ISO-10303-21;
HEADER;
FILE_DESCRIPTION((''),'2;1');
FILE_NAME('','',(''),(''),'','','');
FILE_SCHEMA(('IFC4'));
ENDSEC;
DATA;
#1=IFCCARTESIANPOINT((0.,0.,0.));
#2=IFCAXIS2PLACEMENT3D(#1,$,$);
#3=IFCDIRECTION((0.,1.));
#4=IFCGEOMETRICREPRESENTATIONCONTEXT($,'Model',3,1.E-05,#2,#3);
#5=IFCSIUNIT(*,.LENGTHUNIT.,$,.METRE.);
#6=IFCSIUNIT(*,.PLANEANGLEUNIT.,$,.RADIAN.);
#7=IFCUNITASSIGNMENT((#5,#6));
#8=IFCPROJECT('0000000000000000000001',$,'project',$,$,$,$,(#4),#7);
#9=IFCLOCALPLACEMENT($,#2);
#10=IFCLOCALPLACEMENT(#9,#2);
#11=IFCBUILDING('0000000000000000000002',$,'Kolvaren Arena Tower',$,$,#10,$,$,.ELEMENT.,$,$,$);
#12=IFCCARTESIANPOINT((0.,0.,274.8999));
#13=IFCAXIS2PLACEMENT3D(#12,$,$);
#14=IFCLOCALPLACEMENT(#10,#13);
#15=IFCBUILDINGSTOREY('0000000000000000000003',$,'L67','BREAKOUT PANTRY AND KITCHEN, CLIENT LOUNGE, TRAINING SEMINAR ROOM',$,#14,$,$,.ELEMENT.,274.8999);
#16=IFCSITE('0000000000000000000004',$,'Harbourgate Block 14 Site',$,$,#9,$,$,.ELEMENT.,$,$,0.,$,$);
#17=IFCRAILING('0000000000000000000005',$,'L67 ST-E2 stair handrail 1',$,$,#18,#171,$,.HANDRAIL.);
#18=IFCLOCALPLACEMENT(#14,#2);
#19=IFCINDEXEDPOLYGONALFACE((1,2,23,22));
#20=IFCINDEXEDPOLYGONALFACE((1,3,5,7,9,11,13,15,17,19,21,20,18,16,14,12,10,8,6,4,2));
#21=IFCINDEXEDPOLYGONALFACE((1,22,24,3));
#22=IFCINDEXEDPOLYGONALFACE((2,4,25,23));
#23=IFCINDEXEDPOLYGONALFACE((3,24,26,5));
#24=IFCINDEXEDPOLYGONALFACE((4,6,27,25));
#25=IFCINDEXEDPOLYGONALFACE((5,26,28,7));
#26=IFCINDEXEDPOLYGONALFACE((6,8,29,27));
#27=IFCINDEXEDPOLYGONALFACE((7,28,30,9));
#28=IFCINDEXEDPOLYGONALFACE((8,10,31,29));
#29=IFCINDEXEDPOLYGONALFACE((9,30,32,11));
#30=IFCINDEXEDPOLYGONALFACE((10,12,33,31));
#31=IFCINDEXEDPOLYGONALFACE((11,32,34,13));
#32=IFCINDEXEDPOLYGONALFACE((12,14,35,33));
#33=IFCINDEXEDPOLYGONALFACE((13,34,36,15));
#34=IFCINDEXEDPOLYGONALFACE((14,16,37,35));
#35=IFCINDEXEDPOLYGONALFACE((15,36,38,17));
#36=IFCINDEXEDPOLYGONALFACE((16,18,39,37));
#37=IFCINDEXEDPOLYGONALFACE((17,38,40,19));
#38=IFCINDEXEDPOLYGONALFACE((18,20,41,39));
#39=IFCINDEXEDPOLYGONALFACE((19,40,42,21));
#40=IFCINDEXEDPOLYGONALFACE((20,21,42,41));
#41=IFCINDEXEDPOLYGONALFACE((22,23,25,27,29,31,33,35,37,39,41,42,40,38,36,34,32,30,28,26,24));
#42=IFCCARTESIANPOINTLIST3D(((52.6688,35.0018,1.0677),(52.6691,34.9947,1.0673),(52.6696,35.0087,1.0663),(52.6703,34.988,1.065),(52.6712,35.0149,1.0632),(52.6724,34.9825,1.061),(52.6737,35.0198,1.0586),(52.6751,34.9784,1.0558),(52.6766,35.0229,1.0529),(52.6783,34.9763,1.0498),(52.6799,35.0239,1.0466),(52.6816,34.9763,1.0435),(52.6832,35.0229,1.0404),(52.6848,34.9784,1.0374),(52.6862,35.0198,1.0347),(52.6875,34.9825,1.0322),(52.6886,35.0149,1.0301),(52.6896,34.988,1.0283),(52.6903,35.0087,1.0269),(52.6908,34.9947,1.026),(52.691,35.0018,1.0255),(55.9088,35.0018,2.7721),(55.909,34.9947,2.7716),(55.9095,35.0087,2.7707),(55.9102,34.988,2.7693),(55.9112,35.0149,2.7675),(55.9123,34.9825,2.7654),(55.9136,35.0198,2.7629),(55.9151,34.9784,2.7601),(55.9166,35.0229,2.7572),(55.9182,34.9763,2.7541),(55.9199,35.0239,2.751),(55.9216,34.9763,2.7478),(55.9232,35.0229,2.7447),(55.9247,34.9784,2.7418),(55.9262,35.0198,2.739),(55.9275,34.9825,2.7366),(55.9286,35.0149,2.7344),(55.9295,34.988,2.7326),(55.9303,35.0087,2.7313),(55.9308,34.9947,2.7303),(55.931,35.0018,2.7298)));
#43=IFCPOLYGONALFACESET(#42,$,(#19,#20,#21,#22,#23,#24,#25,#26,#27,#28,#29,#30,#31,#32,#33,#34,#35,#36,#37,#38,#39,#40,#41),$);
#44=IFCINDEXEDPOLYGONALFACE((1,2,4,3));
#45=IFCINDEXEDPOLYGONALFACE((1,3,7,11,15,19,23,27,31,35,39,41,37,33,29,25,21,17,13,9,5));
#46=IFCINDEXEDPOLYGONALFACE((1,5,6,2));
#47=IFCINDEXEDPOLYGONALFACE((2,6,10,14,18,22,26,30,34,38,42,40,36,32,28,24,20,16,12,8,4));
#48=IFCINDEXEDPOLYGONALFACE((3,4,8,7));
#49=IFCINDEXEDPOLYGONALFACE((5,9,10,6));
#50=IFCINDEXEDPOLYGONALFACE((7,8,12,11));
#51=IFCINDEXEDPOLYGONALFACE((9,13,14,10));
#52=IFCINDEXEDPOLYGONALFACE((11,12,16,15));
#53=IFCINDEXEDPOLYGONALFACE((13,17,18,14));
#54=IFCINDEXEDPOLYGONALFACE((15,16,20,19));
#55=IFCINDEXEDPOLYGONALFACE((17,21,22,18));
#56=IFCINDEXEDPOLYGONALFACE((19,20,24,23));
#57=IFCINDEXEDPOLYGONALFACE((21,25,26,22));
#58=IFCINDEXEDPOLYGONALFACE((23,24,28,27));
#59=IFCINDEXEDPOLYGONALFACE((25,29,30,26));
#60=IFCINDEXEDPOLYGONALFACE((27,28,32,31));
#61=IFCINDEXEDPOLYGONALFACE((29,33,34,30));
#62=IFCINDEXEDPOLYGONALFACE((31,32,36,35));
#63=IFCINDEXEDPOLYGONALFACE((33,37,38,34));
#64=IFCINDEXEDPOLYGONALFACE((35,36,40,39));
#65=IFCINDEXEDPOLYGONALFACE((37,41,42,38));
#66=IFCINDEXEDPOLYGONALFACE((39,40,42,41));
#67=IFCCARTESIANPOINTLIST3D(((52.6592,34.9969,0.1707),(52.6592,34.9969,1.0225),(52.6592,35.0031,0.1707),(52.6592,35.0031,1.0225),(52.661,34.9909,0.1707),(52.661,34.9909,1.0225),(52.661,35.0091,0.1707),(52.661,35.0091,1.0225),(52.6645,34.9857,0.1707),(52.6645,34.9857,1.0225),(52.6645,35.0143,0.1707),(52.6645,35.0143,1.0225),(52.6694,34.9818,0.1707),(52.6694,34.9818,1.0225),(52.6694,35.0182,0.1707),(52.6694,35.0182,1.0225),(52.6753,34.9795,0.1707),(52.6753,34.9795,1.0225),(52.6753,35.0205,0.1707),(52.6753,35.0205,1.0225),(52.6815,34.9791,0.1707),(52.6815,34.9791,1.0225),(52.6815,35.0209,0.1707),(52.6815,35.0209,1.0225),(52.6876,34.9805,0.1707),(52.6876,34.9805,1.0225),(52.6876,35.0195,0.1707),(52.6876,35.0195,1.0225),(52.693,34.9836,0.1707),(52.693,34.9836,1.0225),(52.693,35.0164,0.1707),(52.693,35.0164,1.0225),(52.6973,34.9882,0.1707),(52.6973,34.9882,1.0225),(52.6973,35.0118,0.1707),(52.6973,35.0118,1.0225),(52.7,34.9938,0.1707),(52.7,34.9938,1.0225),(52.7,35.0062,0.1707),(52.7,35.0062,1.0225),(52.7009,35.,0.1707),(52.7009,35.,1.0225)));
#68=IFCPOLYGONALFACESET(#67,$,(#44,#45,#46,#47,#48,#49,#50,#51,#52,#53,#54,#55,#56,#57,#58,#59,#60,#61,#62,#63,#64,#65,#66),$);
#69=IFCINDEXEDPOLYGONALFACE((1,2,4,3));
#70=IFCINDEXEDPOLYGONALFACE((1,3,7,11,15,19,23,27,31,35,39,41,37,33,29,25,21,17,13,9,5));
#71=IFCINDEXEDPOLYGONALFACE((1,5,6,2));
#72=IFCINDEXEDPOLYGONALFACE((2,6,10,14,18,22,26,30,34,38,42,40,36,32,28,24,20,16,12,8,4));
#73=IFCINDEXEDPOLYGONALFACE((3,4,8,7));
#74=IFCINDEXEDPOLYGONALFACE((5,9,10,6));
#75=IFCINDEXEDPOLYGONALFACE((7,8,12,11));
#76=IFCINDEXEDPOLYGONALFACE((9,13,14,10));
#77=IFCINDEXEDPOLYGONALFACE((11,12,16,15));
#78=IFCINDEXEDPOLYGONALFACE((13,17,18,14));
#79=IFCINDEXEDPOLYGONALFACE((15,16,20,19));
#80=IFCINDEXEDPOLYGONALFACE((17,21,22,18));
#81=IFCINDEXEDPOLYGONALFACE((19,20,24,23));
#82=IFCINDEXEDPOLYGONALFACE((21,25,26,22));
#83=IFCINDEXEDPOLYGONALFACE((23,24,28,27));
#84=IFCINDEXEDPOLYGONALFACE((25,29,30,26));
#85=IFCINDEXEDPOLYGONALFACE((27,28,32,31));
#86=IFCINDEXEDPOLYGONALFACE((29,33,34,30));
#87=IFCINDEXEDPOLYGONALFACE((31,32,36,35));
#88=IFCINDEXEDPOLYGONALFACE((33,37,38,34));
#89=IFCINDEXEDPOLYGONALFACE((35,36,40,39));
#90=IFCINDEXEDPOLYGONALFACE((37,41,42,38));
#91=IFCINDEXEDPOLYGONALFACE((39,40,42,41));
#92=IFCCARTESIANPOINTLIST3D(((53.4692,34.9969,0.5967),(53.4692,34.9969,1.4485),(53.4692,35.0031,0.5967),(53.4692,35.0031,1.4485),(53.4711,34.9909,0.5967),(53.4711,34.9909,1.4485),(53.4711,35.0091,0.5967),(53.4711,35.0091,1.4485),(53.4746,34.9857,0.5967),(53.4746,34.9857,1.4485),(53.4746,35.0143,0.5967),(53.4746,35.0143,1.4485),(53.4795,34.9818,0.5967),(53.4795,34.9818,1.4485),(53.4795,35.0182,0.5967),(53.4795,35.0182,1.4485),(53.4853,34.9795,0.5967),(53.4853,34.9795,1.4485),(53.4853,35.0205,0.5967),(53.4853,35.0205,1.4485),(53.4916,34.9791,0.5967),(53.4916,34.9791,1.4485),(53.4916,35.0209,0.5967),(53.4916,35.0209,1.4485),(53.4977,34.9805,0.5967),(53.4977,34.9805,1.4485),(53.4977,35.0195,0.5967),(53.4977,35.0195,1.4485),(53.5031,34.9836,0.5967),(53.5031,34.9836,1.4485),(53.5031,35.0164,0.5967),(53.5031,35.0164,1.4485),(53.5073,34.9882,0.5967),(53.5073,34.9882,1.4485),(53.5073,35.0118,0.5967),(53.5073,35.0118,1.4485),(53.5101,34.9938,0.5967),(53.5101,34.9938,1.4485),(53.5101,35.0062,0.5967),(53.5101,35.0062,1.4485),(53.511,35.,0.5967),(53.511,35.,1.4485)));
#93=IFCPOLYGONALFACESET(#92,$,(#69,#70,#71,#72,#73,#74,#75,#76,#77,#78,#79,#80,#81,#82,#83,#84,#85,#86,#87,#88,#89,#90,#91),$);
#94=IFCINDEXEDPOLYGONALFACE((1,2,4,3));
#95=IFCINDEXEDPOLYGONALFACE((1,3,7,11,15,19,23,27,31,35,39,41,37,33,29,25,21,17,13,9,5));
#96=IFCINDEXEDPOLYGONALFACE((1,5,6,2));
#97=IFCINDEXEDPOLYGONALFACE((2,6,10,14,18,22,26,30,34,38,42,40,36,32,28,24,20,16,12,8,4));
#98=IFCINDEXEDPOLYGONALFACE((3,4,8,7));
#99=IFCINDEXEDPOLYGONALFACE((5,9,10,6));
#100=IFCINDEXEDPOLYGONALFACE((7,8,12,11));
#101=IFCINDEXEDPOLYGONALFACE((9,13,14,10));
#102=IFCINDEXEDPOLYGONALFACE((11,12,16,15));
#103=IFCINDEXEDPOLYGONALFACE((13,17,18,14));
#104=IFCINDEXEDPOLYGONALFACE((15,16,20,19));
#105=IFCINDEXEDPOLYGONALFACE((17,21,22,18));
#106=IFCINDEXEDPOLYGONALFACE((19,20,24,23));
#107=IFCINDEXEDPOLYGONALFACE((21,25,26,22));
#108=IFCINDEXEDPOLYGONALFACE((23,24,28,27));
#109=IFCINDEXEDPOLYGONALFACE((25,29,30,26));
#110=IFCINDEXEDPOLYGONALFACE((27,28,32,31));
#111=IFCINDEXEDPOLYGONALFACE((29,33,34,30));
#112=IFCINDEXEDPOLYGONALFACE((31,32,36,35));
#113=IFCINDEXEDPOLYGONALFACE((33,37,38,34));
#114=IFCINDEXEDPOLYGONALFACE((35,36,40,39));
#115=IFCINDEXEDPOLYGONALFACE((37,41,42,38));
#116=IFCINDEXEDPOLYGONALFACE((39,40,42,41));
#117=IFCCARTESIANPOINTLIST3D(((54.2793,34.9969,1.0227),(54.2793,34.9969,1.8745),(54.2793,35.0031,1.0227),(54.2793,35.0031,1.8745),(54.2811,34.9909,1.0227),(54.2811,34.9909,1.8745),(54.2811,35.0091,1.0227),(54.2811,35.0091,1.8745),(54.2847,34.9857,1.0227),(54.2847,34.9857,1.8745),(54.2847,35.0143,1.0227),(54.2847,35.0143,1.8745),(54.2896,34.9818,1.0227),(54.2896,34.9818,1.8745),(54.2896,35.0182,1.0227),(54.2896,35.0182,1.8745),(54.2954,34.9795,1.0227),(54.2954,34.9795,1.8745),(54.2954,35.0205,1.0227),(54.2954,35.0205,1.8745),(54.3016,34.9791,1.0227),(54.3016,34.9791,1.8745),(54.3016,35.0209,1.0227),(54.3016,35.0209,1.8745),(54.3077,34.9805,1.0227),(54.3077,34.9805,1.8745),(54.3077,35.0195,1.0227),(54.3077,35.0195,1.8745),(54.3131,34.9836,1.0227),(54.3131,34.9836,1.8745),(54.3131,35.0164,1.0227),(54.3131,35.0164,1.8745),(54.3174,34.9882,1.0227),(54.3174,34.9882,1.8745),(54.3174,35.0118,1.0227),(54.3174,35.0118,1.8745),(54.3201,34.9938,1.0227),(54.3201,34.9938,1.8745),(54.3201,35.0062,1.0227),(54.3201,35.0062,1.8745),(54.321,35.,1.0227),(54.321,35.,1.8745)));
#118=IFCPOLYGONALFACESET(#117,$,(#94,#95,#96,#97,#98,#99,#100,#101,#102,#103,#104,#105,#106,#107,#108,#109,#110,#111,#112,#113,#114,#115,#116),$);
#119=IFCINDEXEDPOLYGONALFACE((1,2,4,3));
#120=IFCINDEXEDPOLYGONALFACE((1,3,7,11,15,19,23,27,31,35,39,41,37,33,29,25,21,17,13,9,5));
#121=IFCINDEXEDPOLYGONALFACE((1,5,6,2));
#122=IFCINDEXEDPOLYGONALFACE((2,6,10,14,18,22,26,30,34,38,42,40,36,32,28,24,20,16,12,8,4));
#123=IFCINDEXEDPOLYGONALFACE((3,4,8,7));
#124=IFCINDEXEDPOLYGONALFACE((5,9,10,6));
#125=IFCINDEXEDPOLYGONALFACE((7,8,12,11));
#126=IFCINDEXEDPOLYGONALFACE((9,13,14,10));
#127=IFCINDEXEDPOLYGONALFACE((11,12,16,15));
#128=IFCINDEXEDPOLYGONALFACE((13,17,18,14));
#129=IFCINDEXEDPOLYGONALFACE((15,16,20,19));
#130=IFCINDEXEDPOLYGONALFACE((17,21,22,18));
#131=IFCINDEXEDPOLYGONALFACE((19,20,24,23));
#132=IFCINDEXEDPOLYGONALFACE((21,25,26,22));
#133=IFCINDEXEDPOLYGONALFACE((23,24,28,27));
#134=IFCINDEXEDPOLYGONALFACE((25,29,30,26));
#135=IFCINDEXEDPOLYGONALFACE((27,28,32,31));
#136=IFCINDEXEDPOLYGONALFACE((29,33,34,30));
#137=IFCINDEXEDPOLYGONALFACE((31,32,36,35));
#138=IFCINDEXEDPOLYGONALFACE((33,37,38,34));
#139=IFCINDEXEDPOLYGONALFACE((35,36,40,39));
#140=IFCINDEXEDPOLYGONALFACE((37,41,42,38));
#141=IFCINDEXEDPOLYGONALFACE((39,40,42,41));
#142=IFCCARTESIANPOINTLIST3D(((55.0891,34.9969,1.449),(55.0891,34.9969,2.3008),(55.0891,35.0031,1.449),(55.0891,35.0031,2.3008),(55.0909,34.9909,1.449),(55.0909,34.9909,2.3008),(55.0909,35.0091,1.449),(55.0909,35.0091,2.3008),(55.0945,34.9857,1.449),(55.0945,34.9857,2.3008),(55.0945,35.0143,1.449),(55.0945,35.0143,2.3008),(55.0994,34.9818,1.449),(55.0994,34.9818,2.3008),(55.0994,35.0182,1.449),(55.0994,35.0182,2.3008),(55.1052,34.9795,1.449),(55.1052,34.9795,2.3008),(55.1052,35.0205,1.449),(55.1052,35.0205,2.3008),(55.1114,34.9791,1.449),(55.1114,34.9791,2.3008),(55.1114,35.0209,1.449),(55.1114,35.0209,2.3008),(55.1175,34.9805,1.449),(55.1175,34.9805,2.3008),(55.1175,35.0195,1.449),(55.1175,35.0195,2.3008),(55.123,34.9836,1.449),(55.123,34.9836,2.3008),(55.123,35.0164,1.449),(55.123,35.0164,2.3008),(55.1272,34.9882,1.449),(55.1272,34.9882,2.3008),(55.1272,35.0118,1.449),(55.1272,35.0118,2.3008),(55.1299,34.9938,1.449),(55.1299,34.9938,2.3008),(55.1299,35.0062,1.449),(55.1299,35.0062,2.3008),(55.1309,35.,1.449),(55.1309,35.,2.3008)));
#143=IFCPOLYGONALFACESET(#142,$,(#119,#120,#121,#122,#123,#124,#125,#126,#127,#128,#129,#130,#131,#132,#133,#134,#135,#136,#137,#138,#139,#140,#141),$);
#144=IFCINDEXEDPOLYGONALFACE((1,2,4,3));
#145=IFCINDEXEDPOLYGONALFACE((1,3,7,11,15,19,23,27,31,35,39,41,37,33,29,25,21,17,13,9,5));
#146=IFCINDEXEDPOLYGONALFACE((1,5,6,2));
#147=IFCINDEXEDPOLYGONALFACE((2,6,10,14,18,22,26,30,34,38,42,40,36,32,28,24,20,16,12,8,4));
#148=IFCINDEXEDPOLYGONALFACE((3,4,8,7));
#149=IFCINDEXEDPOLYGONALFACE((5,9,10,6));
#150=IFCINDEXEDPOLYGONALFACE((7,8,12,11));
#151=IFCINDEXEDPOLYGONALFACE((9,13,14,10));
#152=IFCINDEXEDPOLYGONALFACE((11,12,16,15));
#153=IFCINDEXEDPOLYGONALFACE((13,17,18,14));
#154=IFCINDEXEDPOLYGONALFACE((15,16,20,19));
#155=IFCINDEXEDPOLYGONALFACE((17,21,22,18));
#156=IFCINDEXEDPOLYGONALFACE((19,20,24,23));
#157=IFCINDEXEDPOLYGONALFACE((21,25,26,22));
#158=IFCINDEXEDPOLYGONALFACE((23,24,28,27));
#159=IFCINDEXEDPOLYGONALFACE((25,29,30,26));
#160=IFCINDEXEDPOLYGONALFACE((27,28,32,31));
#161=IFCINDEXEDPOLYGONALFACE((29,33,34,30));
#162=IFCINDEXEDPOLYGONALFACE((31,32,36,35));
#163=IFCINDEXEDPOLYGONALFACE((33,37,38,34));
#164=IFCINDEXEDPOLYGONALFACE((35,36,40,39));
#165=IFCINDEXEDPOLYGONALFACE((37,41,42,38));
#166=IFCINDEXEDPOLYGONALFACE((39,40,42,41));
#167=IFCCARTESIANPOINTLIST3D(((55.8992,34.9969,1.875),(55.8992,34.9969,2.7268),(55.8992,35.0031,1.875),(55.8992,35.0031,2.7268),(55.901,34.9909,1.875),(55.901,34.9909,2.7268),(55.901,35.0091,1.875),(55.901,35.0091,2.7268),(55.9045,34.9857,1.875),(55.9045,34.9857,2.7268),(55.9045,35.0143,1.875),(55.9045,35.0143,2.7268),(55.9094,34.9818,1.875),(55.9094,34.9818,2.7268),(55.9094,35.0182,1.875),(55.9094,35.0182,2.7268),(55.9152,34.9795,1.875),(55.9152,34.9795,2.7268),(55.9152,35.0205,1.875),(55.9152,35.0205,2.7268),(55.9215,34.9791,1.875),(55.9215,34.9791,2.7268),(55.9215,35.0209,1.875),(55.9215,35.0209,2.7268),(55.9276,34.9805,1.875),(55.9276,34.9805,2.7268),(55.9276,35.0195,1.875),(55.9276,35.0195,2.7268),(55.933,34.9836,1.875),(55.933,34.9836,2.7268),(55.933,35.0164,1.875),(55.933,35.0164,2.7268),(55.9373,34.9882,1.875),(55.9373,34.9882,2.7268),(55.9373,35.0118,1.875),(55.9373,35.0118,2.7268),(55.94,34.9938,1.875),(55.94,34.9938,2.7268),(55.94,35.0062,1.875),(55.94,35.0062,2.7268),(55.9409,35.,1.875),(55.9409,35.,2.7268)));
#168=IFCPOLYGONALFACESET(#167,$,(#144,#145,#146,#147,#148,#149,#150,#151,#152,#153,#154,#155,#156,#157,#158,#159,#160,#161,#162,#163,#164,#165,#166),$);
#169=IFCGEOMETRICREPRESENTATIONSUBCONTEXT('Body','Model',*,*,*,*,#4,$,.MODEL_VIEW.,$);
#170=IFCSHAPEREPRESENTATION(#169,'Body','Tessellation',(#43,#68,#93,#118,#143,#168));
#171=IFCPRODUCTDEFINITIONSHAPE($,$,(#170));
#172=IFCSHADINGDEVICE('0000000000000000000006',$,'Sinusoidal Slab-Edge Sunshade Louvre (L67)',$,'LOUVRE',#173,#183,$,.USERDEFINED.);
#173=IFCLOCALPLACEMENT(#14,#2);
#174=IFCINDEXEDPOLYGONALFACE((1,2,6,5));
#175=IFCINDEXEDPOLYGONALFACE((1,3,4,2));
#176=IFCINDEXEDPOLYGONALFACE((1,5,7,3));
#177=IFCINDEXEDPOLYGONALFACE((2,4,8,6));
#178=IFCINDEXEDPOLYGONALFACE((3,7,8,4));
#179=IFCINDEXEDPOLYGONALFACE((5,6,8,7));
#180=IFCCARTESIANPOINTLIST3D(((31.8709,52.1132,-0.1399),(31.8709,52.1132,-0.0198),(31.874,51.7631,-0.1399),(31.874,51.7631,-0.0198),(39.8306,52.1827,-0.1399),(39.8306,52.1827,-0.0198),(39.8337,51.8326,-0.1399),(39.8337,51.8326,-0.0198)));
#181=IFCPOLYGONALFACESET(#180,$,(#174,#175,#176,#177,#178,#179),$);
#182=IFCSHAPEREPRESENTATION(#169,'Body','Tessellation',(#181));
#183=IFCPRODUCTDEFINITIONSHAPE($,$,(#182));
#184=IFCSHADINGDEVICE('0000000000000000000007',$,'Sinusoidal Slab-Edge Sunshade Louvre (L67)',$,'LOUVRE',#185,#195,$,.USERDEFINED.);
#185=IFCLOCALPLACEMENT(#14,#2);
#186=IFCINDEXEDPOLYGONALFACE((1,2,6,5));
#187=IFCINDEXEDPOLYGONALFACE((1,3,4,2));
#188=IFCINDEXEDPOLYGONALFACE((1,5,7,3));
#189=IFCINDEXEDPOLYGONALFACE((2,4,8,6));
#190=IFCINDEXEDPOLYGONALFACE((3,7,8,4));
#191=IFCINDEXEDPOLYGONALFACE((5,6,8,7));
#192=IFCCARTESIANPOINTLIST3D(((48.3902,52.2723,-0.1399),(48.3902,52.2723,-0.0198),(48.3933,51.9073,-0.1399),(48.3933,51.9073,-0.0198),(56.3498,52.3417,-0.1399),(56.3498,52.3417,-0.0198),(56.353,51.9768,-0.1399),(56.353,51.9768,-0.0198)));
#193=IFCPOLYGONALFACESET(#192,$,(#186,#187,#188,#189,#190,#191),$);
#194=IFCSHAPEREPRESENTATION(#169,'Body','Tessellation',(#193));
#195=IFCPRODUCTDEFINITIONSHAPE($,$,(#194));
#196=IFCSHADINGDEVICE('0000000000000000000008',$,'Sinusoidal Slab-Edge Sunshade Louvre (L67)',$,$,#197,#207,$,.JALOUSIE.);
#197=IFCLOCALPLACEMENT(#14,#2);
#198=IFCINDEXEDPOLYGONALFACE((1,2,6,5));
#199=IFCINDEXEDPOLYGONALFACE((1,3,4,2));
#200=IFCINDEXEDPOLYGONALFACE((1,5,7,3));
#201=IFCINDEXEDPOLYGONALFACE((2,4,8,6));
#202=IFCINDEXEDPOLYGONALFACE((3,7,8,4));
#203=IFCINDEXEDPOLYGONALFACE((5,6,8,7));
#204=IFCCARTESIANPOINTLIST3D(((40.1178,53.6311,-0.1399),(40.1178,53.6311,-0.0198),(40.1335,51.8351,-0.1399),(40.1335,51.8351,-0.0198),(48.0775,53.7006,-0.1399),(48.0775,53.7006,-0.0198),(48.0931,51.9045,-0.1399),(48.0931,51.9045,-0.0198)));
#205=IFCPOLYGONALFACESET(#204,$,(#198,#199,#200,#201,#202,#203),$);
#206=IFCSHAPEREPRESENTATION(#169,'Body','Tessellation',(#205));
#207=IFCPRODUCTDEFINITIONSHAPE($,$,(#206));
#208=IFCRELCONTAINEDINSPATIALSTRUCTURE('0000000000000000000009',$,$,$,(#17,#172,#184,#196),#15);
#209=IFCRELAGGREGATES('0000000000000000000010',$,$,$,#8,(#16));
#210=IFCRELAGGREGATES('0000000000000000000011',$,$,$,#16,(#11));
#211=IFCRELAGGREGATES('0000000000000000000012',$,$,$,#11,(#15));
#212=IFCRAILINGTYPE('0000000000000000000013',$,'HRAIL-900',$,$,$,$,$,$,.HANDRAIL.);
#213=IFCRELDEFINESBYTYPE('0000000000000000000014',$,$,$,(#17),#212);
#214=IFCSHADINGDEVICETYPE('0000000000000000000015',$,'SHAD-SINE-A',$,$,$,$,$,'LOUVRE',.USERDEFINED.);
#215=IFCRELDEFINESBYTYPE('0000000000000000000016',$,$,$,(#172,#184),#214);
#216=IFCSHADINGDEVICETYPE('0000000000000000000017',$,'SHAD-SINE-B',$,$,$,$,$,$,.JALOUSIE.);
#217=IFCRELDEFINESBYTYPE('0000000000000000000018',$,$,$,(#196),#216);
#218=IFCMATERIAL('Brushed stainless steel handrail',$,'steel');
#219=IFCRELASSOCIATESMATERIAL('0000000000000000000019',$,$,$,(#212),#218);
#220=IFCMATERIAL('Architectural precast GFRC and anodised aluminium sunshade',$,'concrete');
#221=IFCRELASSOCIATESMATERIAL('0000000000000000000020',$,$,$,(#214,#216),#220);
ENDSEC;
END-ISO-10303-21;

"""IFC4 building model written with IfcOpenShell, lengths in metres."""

from ifc_helpers import new_model, si_unit, direction, frame, origin, origin_2d, place, context, subcontext, project, spatial, rectangle, circle, extrude, material, type_object, element, save


model = new_model("IFC4")

# Units and contexts
model_context = context("Model", 3, precision=1e-05, world=origin(), true_north=direction((0.0, 1.0)))
body_context = subcontext(model_context, "Body", "Model", "MODEL_VIEW")
ifc_project = project(units=[si_unit("LENGTHUNIT", "METRE"), si_unit("PLANEANGLEUNIT", "RADIAN")], contexts=[model_context])

# Site, building, storey
site_placement = place(None, origin())
site = spatial("IfcSite", under=ifc_project, at=site_placement, Name="Harbourgate Block 14 Site", CompositionType="ELEMENT", RefElevation=0.0)
building_placement = place(site_placement, origin())
building = spatial("IfcBuilding", under=site, at=building_placement, Name="Kolvaren Arena Tower", CompositionType="ELEMENT")
storey_placement = place(building_placement, frame((0.0, 0.0, 274.8999)))
storey = spatial("IfcBuildingStorey", under=building, at=storey_placement, Name="L67", Description="BREAKOUT PANTRY AND KITCHEN, CLIENT LOUNGE, TRAINING SEMINAR ROOM", CompositionType="ELEMENT", Elevation=274.8999)

# Railing
ifc_material_1 = material(Name="Brushed stainless steel handrail", Category="steel")
railing_type_1 = type_object("IfcRailingType", Name="HRAIL-900", PredefinedType="HANDRAIL", material=ifc_material_1)
railing_placement = place(storey_placement, frame((52.6799, 35.0, 0.1707)))
element("IfcRailing", 1, at=railing_placement, inside=storey, type_object=railing_type_1, Name="L67 ST-E2 stair handrail 1", PredefinedType="HANDRAIL", context=body_context, shape_type="SweptSolid", body=[
    extrude(circle(Radius=0.0239, at=origin_2d()), frame((0.0, 0.0, 0.876), z_axis=(0.885021, 0.0, 0.465551), x_axis=(0.0, 1.0, 0.0)), (0.0, 0.0, 1.0), 3.6609),
    extrude(circle(Radius=0.021, at=origin_2d()), origin(), (0.0, 0.0, 1.0), 0.8518),
    extrude(circle(Radius=0.021, at=origin_2d()), frame((0.8101, 0.0, 0.426)), (0.0, 0.0, 1.0), 0.8518),
    extrude(circle(Radius=0.021, at=origin_2d()), frame((1.6201, 0.0, 0.8521)), (0.0, 0.0, 1.0), 0.8518),
    extrude(circle(Radius=0.021, at=origin_2d()), frame((2.4299, 0.0, 1.2783)), (0.0, 0.0, 1.0), 0.8518),
    extrude(circle(Radius=0.021, at=origin_2d()), frame((3.24, 0.0, 1.7043)), (0.0, 0.0, 1.0), 0.8518),
])

# Shading devices
ifc_material_2 = material(Name="Architectural precast GFRC and anodised aluminium sunshade", Category="concrete")
shading_device_type_1 = type_object("IfcShadingDeviceType", Name="SHAD-SINE-A", ElementType="LOUVRE", PredefinedType="USERDEFINED", material=ifc_material_2)
shading_device_1_placement = place(storey_placement, frame((35.8523, 51.9729, -0.1399), z_axis=(0.0, 0.0, 1.0), x_axis=(0.999962, 0.008727, 0.0)))
element("IfcShadingDevice", 2, at=shading_device_1_placement, inside=storey, type_object=shading_device_type_1, Name="Sinusoidal Slab-Edge Sunshade Louvre (L67)", ObjectType="LOUVRE", PredefinedType="USERDEFINED", context=body_context, shape_type="SweptSolid", body=[
    extrude(rectangle(XDim=7.96, YDim=0.3501, at=origin_2d()), origin(), (0.0, 0.0, 1.0), 0.1201),
])
shading_device_2_placement = place(storey_placement, frame((52.3716, 52.1245, -0.1399), z_axis=(0.0, 0.0, 1.0), x_axis=(0.999962, 0.008727, 0.0)))
element("IfcShadingDevice", 3, at=shading_device_2_placement, inside=storey, type_object=shading_device_type_1, Name="Sinusoidal Slab-Edge Sunshade Louvre (L67)", ObjectType="LOUVRE", PredefinedType="USERDEFINED", context=body_context, shape_type="SweptSolid", body=[
    extrude(rectangle(XDim=7.96, YDim=0.365, at=origin_2d()), origin(), (0.0, 0.0, 1.0), 0.1201),
])
shading_device_type_2 = type_object("IfcShadingDeviceType", Name="SHAD-SINE-B", PredefinedType="JALOUSIE", material=ifc_material_2)
shading_device_3_placement = place(storey_placement, frame((44.1055, 52.7678, -0.1399), z_axis=(0.0, 0.0, 1.0), x_axis=(0.999962, 0.008727, 0.0)))
element("IfcShadingDevice", 4, at=shading_device_3_placement, inside=storey, type_object=shading_device_type_2, Name="Sinusoidal Slab-Edge Sunshade Louvre (L67)", PredefinedType="JALOUSIE", context=body_context, shape_type="SweptSolid", body=[
    extrude(rectangle(XDim=7.96, YDim=1.7961, at=origin_2d()), origin(), (0.0, 0.0, 1.0), 0.1201),
])

save(model, "model.ifc")
